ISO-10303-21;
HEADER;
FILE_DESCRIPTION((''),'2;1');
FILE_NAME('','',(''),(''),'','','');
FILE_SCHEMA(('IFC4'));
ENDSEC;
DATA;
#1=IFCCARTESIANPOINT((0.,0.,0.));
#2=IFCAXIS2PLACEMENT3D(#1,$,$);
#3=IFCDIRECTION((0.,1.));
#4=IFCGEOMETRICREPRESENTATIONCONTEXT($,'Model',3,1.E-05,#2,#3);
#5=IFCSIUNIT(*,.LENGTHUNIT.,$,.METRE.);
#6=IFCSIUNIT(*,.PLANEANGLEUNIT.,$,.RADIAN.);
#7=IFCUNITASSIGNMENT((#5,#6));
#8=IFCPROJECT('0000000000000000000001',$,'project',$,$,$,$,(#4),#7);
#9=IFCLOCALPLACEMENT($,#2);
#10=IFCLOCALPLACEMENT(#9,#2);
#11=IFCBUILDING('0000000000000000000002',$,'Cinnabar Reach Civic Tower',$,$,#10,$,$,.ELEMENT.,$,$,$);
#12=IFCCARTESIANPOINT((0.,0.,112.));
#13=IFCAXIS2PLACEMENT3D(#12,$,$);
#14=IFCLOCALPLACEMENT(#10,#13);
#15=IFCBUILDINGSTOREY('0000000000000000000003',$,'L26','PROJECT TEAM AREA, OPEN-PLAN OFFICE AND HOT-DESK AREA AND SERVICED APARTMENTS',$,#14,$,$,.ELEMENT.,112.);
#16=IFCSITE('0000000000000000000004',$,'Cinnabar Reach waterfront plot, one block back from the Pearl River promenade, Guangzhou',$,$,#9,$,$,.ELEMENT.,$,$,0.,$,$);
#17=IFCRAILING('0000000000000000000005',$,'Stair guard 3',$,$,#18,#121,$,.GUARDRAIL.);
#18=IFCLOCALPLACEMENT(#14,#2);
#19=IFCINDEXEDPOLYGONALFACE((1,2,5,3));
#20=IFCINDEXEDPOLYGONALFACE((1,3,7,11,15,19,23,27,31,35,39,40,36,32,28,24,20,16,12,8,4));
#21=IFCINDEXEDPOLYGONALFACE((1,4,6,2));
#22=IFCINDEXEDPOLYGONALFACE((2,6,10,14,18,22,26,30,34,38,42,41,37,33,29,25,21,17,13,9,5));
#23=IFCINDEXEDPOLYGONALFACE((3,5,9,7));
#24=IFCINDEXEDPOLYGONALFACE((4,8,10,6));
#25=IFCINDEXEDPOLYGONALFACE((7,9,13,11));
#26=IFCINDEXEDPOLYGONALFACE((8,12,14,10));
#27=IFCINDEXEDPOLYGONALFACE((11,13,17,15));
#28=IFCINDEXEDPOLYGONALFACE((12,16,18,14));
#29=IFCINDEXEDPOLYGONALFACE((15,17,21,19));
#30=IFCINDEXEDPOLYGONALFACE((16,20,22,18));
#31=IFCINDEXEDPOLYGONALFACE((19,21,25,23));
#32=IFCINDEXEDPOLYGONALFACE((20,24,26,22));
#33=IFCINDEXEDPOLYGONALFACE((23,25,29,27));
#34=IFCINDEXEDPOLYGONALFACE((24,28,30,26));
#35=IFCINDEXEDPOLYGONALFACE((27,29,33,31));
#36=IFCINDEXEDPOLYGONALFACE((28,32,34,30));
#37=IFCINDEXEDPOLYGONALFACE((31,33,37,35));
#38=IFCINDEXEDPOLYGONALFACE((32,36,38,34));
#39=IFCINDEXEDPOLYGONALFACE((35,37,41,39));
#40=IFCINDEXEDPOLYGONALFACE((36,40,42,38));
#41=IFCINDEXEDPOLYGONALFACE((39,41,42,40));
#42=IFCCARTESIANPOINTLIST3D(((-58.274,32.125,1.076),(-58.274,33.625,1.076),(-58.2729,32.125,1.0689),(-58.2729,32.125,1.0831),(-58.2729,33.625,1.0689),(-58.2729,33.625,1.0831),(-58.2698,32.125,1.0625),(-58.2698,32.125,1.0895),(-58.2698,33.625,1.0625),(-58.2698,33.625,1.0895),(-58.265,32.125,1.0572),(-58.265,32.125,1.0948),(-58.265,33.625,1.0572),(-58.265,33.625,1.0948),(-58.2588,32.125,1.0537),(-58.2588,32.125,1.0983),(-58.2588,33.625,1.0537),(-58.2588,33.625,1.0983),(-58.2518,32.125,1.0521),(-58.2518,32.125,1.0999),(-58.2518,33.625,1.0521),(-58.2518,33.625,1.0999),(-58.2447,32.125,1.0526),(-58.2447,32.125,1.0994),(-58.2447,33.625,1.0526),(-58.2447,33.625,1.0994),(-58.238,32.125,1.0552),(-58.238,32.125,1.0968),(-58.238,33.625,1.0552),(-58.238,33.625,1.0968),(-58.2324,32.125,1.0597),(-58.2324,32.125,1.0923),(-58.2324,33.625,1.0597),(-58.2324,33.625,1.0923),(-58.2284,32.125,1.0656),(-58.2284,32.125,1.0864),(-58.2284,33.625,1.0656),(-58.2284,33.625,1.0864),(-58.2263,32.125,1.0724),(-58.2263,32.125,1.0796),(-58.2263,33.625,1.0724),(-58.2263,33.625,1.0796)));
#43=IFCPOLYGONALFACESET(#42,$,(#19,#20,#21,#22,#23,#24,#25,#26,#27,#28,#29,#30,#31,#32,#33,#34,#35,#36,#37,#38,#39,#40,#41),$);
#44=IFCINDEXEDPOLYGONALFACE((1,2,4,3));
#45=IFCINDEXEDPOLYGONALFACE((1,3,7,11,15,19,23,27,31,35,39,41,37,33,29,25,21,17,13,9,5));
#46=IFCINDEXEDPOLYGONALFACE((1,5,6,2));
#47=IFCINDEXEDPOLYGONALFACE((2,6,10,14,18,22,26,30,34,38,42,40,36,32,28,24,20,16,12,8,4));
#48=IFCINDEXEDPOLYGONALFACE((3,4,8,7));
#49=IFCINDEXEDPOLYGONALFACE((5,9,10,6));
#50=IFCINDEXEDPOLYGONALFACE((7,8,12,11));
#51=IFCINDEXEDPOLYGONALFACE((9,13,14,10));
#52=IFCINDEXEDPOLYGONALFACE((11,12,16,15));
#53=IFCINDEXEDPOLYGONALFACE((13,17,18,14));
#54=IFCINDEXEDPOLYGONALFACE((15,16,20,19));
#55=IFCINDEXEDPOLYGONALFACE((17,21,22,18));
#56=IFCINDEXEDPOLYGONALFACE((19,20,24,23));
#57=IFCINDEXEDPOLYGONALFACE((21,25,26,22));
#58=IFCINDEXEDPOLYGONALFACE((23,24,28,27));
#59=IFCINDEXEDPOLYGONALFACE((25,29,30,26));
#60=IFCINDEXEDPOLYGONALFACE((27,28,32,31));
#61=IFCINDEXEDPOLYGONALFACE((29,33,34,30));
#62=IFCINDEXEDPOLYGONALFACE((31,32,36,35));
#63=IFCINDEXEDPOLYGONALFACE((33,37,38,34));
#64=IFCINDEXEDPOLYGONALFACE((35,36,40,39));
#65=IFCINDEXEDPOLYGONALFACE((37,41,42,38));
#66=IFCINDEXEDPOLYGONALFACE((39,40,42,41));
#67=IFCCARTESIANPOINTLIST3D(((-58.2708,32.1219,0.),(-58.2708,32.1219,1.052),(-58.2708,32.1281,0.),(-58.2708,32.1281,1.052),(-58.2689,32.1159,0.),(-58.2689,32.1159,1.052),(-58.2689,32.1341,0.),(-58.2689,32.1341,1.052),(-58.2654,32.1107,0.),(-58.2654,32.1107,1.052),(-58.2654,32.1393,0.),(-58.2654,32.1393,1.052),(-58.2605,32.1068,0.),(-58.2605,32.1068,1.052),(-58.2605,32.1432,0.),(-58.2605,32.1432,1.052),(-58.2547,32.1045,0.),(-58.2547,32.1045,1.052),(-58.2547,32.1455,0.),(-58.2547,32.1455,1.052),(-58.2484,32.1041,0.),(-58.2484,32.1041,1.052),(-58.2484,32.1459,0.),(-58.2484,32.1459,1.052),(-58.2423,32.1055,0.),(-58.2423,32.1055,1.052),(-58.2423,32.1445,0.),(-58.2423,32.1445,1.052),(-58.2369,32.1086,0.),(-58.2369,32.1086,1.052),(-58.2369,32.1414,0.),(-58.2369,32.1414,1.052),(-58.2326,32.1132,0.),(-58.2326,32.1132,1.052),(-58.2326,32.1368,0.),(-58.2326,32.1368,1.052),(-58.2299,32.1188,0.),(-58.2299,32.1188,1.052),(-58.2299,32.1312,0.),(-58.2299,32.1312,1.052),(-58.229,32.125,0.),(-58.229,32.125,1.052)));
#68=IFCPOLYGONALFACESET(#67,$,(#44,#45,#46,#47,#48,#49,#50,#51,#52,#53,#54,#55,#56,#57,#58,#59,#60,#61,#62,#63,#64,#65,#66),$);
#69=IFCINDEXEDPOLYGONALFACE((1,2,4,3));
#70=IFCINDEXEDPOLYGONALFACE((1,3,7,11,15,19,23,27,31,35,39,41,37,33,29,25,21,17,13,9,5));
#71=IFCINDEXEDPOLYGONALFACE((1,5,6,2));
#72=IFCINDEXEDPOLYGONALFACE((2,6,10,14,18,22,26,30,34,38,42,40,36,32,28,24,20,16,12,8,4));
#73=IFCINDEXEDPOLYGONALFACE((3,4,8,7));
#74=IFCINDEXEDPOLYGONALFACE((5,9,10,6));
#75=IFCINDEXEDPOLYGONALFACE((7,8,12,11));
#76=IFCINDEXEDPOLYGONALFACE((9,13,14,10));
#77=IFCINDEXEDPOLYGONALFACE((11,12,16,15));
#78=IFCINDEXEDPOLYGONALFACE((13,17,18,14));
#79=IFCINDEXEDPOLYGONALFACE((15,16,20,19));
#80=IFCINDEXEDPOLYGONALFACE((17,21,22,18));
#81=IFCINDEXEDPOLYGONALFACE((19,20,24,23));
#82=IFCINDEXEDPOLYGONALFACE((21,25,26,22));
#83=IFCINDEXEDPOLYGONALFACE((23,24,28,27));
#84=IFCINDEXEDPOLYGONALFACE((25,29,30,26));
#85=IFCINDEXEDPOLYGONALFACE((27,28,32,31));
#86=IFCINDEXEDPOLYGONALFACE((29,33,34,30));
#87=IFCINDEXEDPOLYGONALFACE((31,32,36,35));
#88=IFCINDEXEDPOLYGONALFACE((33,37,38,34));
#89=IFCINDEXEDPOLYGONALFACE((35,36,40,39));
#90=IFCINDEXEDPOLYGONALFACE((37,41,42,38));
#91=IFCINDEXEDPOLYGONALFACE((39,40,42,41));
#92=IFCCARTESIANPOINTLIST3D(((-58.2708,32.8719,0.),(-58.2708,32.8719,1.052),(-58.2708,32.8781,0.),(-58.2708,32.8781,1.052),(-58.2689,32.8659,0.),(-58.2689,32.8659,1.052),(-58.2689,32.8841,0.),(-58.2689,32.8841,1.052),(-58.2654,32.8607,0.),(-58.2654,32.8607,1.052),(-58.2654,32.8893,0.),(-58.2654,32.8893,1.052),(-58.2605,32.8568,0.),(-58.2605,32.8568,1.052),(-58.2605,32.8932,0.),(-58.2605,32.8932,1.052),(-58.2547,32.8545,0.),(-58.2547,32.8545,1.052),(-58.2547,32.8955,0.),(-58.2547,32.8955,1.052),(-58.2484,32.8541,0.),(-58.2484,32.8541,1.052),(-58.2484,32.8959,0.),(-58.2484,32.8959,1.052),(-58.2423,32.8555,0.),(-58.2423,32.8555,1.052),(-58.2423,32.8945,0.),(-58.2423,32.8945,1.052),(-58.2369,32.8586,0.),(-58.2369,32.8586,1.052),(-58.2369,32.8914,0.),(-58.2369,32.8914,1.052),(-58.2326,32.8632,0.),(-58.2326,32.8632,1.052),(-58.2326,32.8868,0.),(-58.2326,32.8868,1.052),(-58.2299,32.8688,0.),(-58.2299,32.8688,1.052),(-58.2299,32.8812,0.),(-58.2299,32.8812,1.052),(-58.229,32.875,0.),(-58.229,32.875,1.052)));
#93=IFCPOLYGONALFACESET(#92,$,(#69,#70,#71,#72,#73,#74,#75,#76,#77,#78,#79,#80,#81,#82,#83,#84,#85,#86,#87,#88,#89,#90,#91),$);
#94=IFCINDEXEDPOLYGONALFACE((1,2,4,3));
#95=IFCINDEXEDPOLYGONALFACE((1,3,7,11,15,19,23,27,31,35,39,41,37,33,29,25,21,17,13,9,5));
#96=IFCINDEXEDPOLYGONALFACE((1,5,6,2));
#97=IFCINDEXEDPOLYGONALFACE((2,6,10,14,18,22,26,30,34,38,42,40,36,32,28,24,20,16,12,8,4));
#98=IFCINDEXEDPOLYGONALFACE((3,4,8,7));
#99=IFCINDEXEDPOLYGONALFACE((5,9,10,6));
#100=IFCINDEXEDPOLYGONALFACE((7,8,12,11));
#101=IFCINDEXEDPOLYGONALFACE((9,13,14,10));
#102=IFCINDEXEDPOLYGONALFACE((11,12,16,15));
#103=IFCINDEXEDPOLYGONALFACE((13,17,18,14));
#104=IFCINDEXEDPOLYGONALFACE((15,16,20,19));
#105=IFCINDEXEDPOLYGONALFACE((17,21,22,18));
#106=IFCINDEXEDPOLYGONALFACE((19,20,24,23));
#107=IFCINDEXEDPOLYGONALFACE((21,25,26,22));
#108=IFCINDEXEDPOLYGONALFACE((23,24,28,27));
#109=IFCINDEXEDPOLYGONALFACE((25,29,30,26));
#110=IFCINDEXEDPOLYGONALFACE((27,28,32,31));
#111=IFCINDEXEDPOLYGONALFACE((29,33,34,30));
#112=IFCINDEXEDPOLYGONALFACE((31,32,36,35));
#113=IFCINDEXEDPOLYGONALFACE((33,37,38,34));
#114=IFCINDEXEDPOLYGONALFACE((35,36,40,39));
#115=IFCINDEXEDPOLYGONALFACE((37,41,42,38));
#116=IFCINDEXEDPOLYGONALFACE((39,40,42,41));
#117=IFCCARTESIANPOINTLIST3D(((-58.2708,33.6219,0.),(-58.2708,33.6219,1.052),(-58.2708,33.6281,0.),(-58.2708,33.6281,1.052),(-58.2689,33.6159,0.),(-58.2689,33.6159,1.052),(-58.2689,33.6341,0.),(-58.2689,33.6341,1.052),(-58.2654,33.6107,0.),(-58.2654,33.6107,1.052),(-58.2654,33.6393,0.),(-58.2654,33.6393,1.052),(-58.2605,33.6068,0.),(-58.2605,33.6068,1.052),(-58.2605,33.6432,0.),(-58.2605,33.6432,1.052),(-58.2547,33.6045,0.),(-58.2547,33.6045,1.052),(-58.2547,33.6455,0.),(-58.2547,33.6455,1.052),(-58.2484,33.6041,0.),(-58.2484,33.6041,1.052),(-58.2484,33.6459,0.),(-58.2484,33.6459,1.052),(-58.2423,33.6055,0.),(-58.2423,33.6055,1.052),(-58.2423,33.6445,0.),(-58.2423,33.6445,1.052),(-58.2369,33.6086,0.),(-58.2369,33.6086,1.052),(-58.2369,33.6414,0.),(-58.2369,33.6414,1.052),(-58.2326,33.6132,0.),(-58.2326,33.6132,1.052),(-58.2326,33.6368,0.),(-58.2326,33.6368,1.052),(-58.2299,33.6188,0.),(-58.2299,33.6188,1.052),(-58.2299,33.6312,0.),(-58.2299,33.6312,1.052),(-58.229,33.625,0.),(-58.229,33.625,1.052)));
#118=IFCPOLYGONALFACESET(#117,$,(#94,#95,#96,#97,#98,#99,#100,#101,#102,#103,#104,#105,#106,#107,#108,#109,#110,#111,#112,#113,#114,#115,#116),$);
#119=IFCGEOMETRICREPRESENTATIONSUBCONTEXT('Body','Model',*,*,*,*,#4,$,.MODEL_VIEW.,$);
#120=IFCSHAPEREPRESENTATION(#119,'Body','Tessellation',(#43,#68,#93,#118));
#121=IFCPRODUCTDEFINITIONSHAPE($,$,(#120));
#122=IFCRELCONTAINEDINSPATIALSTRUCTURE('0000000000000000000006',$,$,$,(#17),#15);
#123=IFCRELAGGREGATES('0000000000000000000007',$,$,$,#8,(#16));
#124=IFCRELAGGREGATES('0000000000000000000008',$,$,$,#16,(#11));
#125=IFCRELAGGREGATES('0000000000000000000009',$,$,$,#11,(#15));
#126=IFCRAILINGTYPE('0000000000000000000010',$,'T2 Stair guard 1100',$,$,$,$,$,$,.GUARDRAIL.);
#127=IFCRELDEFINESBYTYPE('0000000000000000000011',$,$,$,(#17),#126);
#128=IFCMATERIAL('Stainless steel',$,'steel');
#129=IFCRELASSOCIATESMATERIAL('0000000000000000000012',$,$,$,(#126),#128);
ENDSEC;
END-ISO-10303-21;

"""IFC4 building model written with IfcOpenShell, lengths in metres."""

from ifc_helpers import new_model, si_unit, direction, frame, origin, origin_2d, place, context, subcontext, project, spatial, circle, extrude, material, type_object, element, save


model = new_model("IFC4")

# Units and contexts
model_context = context("Model", 3, precision=1e-05, world=origin(), true_north=direction((0.0, 1.0)))
body_context = subcontext(model_context, "Body", "Model", "MODEL_VIEW")
ifc_project = project(units=[si_unit("LENGTHUNIT", "METRE"), si_unit("PLANEANGLEUNIT", "RADIAN")], contexts=[model_context])

# Site, building, storey
site_placement = place(None, origin())
site = spatial("IfcSite", under=ifc_project, at=site_placement, Name="Cinnabar Reach waterfront plot, one block back from the Pearl River promenade, Guangzhou", CompositionType="ELEMENT", RefElevation=0.0)
building_placement = place(site_placement, origin())
building = spatial("IfcBuilding", under=site, at=building_placement, Name="Cinnabar Reach Civic Tower", CompositionType="ELEMENT")
storey_placement = place(building_placement, frame((0.0, 0.0, 112.0)))
storey = spatial("IfcBuildingStorey", under=building, at=storey_placement, Name="L26", Description="PROJECT TEAM AREA, OPEN-PLAN OFFICE AND HOT-DESK AREA AND SERVICED APARTMENTS", CompositionType="ELEMENT", Elevation=112.0)

# Railing
ifc_material_1 = material(Name="Stainless steel", Category="steel")
railing_type = type_object("IfcRailingType", Name="T2 Stair guard 1100", PredefinedType="GUARDRAIL", material=ifc_material_1)
railing_1_placement = place(storey_placement, frame((-58.25, 32.125, 0.0)))
element("IfcRailing", 1, at=railing_1_placement, inside=storey, type_object=railing_type, Name="Stair guard 3", PredefinedType="GUARDRAIL", context=body_context, shape_type="SweptSolid", body=[
    extrude(circle(Radius=0.024, at=origin_2d()), frame((0.0, 0.0, 1.076), z_axis=(0.0, 1.0, 0.0), x_axis=(-1.0, 0.0, 0.0)), (0.0, 0.0, 1.0), 1.5),
    extrude(circle(Radius=0.021, at=origin_2d()), origin(), (0.0, 0.0, 1.0), 1.052),
    extrude(circle(Radius=0.021, at=origin_2d()), frame((0.0, 0.75, 0.0)), (0.0, 0.0, 1.0), 1.052),
    extrude(circle(Radius=0.021, at=origin_2d()), frame((0.0, 1.5, 0.0)), (0.0, 0.0, 1.0), 1.052),
])

save(model, "model.ifc")
